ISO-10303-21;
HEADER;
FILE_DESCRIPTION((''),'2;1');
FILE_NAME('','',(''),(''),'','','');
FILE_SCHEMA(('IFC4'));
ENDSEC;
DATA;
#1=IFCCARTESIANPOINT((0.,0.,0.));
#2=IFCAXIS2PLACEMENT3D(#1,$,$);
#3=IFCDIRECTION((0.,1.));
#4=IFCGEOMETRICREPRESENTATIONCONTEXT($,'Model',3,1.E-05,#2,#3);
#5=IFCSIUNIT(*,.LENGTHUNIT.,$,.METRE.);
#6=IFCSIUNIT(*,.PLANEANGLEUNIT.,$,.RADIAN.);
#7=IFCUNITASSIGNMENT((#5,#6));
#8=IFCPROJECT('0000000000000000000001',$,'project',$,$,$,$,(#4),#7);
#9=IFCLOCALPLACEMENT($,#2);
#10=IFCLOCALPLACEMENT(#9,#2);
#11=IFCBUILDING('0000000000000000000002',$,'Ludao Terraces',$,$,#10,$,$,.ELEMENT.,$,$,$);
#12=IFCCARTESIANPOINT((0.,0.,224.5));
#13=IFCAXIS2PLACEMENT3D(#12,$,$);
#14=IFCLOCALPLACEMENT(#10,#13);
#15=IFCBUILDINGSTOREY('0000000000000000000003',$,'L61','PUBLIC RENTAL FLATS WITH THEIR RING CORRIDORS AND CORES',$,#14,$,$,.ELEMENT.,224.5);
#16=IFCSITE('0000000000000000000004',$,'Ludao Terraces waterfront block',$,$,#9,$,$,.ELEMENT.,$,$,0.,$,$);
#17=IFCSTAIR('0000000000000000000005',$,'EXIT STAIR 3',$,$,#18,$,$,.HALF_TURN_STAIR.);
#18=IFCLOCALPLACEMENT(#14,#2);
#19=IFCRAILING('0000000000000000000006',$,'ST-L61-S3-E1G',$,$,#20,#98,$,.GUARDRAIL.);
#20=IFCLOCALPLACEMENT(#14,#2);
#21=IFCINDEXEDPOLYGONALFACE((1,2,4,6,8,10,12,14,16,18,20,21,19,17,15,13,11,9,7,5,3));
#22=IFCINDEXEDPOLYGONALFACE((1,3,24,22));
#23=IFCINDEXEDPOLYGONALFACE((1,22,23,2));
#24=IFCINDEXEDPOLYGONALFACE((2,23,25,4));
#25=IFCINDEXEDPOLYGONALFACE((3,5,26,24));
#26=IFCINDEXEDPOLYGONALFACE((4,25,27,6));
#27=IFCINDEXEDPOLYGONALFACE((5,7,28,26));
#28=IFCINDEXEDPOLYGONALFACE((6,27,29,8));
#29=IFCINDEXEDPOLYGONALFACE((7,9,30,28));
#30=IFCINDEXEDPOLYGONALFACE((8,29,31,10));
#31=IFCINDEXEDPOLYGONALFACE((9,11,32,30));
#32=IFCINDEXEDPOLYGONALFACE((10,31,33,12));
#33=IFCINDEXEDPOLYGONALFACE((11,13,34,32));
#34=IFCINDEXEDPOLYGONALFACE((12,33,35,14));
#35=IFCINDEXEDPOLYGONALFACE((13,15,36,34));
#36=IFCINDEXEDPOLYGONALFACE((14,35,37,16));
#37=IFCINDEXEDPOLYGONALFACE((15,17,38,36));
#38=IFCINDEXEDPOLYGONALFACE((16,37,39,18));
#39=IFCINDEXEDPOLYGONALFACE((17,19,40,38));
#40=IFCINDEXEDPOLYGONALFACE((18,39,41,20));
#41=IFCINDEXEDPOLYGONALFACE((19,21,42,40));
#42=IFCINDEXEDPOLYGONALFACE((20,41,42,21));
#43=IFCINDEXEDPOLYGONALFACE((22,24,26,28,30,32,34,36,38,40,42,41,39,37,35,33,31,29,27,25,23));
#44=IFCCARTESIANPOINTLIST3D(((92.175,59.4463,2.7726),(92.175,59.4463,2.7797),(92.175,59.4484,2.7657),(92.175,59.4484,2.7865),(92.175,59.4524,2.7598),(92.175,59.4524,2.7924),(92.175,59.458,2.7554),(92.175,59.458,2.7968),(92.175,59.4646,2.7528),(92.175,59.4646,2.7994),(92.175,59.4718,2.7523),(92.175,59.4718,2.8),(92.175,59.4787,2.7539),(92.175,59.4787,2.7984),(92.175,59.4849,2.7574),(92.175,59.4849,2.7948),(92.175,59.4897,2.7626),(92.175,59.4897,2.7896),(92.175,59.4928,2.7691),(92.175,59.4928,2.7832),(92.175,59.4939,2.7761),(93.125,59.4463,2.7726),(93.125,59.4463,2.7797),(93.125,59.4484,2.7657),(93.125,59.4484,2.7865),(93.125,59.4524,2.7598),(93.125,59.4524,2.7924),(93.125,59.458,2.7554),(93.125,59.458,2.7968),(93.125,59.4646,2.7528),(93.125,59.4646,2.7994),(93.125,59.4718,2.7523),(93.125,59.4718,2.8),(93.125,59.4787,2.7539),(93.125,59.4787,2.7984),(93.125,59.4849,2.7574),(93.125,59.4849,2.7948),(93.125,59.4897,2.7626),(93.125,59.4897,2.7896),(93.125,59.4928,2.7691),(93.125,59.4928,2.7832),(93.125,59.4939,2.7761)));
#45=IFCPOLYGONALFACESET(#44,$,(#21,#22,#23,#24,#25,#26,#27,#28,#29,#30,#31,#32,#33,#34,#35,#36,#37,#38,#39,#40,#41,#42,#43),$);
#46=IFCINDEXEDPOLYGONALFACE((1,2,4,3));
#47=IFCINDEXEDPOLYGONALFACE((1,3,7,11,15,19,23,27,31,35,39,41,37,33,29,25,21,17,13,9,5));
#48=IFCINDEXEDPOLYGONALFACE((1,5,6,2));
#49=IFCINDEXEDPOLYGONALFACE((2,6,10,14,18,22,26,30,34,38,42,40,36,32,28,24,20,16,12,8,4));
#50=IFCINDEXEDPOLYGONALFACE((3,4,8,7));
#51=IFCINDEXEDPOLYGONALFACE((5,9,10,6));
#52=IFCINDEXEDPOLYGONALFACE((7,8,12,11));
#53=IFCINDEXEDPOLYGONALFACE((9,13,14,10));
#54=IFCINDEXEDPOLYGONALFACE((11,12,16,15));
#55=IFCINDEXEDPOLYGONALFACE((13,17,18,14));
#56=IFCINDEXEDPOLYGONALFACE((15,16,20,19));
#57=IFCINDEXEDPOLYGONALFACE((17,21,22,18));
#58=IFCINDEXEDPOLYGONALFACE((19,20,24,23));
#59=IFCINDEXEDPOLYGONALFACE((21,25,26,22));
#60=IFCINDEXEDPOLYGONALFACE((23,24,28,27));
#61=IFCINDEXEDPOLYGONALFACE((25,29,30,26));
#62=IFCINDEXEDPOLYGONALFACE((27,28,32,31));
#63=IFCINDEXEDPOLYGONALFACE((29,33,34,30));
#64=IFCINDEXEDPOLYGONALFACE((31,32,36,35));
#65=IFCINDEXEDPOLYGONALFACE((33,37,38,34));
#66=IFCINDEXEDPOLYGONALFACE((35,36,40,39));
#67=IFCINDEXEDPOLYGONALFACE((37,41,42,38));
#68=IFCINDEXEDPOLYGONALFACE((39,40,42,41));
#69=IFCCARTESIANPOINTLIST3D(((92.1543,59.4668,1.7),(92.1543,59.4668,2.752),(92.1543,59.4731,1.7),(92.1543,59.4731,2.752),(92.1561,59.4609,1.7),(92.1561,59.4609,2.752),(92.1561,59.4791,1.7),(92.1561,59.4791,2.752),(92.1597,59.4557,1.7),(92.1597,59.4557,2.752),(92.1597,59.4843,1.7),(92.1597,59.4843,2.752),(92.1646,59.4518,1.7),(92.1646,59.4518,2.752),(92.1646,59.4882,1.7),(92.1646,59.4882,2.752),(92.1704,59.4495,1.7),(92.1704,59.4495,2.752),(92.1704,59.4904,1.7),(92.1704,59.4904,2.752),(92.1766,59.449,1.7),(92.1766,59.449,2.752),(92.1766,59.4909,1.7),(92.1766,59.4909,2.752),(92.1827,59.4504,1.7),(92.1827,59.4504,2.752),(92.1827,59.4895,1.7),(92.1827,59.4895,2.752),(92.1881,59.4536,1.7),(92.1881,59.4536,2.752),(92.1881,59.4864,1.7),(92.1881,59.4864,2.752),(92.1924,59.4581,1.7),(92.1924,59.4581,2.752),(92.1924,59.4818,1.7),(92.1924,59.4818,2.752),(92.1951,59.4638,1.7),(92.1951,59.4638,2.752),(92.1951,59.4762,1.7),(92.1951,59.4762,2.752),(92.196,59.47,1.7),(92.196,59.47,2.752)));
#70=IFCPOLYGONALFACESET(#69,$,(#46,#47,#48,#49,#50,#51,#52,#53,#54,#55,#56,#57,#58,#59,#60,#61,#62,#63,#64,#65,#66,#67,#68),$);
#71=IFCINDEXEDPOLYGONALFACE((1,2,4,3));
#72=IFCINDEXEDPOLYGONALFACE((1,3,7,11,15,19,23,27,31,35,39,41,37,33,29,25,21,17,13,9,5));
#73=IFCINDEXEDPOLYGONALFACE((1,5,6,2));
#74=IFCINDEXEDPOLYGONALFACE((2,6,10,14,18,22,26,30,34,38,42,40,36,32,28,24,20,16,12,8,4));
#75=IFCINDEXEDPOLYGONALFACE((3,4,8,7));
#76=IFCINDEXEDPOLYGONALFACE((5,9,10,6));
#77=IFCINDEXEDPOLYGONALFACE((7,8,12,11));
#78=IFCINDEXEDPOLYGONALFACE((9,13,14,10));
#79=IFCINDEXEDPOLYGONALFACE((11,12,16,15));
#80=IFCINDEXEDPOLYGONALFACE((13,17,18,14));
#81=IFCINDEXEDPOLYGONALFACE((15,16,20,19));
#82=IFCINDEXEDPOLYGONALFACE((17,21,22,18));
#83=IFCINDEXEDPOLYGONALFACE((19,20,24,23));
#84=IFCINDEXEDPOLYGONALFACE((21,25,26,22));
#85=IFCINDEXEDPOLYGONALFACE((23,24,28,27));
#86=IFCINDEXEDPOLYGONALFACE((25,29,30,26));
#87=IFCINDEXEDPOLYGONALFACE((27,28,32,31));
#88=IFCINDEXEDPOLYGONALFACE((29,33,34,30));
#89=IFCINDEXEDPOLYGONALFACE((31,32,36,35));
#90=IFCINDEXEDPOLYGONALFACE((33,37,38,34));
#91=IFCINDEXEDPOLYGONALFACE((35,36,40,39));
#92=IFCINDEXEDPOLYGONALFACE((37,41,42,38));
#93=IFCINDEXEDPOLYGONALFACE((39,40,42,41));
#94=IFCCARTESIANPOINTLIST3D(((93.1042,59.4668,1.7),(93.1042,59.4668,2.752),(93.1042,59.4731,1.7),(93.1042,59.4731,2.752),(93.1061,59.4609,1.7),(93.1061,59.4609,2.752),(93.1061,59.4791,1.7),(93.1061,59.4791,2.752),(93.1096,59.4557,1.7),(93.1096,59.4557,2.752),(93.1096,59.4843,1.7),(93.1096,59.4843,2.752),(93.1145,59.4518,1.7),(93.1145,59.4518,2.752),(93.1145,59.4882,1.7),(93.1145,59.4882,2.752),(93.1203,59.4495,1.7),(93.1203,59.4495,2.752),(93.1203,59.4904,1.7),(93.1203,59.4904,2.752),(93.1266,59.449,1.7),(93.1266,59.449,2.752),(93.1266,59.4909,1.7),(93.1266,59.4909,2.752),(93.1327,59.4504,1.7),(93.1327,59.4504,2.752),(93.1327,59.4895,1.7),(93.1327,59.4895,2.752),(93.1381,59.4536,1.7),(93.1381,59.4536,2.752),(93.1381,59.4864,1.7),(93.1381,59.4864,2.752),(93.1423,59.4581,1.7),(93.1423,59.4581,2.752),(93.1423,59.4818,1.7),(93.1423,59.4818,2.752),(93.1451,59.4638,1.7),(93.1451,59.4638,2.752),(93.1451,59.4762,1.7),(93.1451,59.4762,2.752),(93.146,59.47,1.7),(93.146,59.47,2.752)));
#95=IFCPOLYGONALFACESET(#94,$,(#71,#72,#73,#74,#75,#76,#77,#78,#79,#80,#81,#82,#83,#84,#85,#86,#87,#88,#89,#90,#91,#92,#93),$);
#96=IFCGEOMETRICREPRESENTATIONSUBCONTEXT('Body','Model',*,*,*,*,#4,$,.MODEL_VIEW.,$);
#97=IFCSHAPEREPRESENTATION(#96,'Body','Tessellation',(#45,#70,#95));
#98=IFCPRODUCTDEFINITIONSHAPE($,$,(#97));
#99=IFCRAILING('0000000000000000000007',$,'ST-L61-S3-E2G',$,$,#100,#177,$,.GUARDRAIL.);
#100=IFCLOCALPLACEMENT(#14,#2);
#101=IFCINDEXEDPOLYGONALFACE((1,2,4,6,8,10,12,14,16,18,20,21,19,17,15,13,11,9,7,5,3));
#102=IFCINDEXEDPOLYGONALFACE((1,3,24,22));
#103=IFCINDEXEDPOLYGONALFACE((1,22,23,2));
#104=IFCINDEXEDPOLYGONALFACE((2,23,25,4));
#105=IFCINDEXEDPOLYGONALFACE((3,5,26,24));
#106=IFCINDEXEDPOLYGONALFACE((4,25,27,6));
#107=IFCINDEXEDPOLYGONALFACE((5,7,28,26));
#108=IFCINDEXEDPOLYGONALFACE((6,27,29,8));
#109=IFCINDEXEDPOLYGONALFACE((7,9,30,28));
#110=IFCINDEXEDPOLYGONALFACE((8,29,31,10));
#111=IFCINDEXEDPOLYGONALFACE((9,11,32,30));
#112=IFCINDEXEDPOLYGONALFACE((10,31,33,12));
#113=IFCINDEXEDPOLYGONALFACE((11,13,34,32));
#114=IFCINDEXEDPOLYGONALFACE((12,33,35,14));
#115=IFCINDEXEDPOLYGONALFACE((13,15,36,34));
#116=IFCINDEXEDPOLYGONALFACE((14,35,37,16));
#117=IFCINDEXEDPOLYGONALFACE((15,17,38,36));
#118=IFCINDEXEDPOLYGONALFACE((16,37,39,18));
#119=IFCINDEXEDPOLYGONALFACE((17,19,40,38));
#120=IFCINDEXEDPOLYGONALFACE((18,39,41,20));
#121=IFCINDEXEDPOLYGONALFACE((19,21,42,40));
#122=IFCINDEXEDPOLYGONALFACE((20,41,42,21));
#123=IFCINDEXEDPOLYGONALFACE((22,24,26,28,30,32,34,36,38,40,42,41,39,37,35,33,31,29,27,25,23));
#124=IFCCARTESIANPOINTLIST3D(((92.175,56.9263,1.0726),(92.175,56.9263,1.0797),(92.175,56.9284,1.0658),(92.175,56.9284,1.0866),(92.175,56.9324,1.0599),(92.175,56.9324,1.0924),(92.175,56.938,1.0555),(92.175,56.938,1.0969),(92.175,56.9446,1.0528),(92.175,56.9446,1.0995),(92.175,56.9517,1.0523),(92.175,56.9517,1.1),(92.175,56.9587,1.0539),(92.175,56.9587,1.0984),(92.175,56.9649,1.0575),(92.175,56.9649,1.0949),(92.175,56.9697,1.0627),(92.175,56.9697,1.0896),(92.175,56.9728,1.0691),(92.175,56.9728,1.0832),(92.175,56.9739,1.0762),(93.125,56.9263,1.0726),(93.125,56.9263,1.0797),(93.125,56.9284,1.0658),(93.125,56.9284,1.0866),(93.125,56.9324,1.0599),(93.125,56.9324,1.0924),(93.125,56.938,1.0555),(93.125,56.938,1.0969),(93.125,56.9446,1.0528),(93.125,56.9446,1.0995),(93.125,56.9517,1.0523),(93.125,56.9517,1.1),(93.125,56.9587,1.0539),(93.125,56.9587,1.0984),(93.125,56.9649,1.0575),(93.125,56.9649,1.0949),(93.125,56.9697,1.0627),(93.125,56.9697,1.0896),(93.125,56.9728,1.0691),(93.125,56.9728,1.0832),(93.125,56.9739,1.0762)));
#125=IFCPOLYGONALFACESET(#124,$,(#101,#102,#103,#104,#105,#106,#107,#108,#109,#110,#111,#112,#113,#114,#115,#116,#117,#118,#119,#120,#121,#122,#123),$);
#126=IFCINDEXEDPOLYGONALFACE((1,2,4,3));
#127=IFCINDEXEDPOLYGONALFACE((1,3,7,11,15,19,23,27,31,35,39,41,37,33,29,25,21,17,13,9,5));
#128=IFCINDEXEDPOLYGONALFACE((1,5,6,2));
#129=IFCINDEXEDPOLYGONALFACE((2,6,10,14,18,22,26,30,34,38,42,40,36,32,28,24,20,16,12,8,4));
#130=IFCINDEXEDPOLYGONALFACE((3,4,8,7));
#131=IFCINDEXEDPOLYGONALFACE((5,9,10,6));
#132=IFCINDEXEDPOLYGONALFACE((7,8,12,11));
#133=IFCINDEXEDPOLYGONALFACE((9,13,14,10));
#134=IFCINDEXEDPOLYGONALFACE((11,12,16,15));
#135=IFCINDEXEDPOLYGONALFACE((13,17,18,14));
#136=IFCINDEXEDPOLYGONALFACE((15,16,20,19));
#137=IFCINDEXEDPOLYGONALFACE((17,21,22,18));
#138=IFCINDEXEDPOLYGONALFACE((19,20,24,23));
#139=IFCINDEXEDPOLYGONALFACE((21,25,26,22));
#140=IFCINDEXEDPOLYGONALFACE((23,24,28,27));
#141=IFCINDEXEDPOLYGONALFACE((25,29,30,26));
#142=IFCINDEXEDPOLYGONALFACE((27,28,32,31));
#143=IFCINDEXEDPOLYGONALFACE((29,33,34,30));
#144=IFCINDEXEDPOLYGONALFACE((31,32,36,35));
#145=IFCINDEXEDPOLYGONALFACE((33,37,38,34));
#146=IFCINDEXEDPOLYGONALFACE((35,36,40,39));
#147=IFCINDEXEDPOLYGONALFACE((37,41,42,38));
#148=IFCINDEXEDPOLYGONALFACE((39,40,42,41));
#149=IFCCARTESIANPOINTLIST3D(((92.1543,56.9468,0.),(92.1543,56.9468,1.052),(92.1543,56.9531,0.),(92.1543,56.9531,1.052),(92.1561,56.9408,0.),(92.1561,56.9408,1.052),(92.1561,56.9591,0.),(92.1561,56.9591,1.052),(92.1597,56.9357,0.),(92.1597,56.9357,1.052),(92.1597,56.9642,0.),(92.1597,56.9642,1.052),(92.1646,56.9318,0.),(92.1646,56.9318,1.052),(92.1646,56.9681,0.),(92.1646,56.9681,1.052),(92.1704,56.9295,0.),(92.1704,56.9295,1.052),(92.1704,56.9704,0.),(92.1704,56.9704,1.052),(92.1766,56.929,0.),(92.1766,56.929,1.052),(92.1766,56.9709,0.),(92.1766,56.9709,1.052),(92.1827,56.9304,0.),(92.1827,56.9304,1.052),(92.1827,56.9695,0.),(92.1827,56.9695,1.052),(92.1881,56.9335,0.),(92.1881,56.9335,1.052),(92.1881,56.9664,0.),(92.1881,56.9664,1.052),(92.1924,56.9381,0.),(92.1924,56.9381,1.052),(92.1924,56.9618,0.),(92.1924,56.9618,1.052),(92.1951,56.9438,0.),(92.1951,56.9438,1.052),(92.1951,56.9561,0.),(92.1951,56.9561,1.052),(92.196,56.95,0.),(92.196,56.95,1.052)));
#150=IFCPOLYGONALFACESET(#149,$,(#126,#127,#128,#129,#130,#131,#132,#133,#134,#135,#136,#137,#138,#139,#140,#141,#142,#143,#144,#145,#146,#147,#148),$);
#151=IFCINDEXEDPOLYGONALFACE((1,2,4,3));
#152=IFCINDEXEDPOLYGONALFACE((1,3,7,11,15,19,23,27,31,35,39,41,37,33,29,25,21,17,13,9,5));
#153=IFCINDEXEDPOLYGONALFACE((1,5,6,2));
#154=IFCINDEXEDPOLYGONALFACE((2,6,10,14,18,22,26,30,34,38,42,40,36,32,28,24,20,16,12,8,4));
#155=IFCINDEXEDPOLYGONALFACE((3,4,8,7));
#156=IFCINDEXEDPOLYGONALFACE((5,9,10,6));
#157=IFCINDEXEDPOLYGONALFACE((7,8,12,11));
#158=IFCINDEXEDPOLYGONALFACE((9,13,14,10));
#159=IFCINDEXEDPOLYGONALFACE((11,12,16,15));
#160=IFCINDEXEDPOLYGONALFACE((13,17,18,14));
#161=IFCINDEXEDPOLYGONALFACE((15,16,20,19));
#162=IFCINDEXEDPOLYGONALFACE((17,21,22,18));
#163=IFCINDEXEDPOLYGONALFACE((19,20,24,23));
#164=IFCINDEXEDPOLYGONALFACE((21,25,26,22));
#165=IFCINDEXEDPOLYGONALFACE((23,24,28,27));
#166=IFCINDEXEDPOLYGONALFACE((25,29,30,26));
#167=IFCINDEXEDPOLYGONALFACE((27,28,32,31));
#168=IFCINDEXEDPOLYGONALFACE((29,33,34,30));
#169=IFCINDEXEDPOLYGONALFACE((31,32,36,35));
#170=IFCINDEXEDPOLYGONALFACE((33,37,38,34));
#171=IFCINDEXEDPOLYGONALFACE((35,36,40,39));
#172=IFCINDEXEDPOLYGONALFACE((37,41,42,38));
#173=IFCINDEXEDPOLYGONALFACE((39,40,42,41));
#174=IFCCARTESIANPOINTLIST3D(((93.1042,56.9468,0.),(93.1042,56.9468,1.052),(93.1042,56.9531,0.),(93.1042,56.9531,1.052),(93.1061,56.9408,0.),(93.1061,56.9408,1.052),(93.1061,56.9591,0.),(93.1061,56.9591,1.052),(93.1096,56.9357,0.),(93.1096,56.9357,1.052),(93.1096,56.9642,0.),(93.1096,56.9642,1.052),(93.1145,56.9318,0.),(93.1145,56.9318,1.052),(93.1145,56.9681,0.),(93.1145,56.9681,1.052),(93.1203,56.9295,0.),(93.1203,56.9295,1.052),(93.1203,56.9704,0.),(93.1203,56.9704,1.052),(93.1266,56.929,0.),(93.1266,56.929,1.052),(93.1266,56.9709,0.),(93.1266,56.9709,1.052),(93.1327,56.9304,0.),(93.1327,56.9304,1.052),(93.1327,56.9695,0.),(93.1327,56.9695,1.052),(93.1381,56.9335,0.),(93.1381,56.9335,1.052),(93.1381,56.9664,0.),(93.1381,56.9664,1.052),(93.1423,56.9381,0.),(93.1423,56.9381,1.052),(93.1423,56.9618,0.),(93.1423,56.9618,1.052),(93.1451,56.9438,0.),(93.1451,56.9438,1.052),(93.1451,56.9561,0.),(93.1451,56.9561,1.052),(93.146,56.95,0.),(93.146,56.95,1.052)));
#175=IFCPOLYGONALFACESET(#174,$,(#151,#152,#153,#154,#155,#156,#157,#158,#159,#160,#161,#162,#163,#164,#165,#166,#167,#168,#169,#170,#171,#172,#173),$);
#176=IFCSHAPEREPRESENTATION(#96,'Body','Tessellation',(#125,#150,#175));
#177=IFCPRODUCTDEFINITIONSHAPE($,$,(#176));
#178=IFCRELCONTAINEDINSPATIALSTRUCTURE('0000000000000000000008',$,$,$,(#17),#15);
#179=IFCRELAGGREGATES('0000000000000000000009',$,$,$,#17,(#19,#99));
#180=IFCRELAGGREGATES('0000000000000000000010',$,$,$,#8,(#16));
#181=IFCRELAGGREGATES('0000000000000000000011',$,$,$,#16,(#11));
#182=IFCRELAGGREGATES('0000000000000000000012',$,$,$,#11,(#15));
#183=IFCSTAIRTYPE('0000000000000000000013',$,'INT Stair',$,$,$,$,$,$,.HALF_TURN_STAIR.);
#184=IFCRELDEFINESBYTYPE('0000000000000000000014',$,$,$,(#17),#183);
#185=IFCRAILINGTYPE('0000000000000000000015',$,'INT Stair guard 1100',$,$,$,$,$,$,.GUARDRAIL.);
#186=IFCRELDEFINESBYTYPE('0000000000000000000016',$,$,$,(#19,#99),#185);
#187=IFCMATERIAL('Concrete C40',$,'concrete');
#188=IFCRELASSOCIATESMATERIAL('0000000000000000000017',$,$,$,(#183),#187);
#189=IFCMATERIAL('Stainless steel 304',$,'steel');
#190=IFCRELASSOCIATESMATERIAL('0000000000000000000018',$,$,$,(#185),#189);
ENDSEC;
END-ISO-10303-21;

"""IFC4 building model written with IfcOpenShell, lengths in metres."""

from ifc_helpers import new_model, si_unit, direction, frame, origin, origin_2d, place, context, subcontext, project, spatial, circle, extrude, material, type_object, element, aggregate, save


model = new_model("IFC4")

# Units and contexts
model_context = context("Model", 3, precision=1e-05, world=origin(), true_north=direction((0.0, 1.0)))
body_context = subcontext(model_context, "Body", "Model", "MODEL_VIEW")
ifc_project = project(units=[si_unit("LENGTHUNIT", "METRE"), si_unit("PLANEANGLEUNIT", "RADIAN")], contexts=[model_context])

# Site, building, storey
site_placement = place(None, origin())
site = spatial("IfcSite", under=ifc_project, at=site_placement, Name="Ludao Terraces waterfront block", CompositionType="ELEMENT", RefElevation=0.0)
building_placement = place(site_placement, origin())
building = spatial("IfcBuilding", under=site, at=building_placement, Name="Ludao Terraces", CompositionType="ELEMENT")
storey_placement = place(building_placement, frame((0.0, 0.0, 224.5)))
storey = spatial("IfcBuildingStorey", under=building, at=storey_placement, Name="L61", Description="PUBLIC RENTAL FLATS WITH THEIR RING CORRIDORS AND CORES", CompositionType="ELEMENT", Elevation=224.5)

# Shared definitions
ifc_material_1 = material(Name="Concrete C40", Category="concrete")

# Stair, railings
stair_type = type_object("IfcStairType", Name="INT Stair", PredefinedType="HALF_TURN_STAIR", material=ifc_material_1)
stair_placement = place(storey_placement, origin())
stair = element("IfcStair", 1, at=stair_placement, inside=storey, type_object=stair_type, Name="EXIT STAIR 3", PredefinedType="HALF_TURN_STAIR")
ifc_material_2 = material(Name="Stainless steel 304", Category="steel")
railing_type_1 = type_object("IfcRailingType", Name="INT Stair guard 1100", PredefinedType="GUARDRAIL", material=ifc_material_2)
railing_1_placement = place(storey_placement, frame((92.175, 59.47, 1.7)))
railing_1 = element("IfcRailing", 2, at=railing_1_placement, type_object=railing_type_1, Name="ST-L61-S3-E1G", PredefinedType="GUARDRAIL", context=body_context, shape_type="SweptSolid", body=[
    extrude(circle(Radius=0.0239, at=origin_2d()), frame((0.0, 0.0, 1.0762), z_axis=(1.0, 0.0, 0.0), x_axis=(0.0, 1.0, 0.0)), (0.0, 0.0, 1.0), 0.95),
    extrude(circle(Radius=0.021, at=origin_2d()), origin(), (0.0, 0.0, 1.0), 1.052),
    extrude(circle(Radius=0.021, at=origin_2d()), frame((0.95, 0.0, 0.0)), (0.0, 0.0, 1.0), 1.052),
])
railing_2_placement = place(storey_placement, frame((92.175, 56.95, 0.0)))
railing_2 = element("IfcRailing", 3, at=railing_2_placement, type_object=railing_type_1, Name="ST-L61-S3-E2G", PredefinedType="GUARDRAIL", context=body_context, shape_type="SweptSolid", body=[
    extrude(circle(Radius=0.0239, at=origin_2d()), frame((0.0, 0.0, 1.0762), z_axis=(1.0, 0.0, 0.0), x_axis=(0.0, 1.0, 0.0)), (0.0, 0.0, 1.0), 0.95),
    extrude(circle(Radius=0.021, at=origin_2d()), origin(), (0.0, 0.0, 1.0), 1.052),
    extrude(circle(Radius=0.021, at=origin_2d()), frame((0.95, 0.0, 0.0)), (0.0, 0.0, 1.0), 1.052),
])
aggregate(stair, [railing_1, railing_2])

save(model, "model.ifc")
